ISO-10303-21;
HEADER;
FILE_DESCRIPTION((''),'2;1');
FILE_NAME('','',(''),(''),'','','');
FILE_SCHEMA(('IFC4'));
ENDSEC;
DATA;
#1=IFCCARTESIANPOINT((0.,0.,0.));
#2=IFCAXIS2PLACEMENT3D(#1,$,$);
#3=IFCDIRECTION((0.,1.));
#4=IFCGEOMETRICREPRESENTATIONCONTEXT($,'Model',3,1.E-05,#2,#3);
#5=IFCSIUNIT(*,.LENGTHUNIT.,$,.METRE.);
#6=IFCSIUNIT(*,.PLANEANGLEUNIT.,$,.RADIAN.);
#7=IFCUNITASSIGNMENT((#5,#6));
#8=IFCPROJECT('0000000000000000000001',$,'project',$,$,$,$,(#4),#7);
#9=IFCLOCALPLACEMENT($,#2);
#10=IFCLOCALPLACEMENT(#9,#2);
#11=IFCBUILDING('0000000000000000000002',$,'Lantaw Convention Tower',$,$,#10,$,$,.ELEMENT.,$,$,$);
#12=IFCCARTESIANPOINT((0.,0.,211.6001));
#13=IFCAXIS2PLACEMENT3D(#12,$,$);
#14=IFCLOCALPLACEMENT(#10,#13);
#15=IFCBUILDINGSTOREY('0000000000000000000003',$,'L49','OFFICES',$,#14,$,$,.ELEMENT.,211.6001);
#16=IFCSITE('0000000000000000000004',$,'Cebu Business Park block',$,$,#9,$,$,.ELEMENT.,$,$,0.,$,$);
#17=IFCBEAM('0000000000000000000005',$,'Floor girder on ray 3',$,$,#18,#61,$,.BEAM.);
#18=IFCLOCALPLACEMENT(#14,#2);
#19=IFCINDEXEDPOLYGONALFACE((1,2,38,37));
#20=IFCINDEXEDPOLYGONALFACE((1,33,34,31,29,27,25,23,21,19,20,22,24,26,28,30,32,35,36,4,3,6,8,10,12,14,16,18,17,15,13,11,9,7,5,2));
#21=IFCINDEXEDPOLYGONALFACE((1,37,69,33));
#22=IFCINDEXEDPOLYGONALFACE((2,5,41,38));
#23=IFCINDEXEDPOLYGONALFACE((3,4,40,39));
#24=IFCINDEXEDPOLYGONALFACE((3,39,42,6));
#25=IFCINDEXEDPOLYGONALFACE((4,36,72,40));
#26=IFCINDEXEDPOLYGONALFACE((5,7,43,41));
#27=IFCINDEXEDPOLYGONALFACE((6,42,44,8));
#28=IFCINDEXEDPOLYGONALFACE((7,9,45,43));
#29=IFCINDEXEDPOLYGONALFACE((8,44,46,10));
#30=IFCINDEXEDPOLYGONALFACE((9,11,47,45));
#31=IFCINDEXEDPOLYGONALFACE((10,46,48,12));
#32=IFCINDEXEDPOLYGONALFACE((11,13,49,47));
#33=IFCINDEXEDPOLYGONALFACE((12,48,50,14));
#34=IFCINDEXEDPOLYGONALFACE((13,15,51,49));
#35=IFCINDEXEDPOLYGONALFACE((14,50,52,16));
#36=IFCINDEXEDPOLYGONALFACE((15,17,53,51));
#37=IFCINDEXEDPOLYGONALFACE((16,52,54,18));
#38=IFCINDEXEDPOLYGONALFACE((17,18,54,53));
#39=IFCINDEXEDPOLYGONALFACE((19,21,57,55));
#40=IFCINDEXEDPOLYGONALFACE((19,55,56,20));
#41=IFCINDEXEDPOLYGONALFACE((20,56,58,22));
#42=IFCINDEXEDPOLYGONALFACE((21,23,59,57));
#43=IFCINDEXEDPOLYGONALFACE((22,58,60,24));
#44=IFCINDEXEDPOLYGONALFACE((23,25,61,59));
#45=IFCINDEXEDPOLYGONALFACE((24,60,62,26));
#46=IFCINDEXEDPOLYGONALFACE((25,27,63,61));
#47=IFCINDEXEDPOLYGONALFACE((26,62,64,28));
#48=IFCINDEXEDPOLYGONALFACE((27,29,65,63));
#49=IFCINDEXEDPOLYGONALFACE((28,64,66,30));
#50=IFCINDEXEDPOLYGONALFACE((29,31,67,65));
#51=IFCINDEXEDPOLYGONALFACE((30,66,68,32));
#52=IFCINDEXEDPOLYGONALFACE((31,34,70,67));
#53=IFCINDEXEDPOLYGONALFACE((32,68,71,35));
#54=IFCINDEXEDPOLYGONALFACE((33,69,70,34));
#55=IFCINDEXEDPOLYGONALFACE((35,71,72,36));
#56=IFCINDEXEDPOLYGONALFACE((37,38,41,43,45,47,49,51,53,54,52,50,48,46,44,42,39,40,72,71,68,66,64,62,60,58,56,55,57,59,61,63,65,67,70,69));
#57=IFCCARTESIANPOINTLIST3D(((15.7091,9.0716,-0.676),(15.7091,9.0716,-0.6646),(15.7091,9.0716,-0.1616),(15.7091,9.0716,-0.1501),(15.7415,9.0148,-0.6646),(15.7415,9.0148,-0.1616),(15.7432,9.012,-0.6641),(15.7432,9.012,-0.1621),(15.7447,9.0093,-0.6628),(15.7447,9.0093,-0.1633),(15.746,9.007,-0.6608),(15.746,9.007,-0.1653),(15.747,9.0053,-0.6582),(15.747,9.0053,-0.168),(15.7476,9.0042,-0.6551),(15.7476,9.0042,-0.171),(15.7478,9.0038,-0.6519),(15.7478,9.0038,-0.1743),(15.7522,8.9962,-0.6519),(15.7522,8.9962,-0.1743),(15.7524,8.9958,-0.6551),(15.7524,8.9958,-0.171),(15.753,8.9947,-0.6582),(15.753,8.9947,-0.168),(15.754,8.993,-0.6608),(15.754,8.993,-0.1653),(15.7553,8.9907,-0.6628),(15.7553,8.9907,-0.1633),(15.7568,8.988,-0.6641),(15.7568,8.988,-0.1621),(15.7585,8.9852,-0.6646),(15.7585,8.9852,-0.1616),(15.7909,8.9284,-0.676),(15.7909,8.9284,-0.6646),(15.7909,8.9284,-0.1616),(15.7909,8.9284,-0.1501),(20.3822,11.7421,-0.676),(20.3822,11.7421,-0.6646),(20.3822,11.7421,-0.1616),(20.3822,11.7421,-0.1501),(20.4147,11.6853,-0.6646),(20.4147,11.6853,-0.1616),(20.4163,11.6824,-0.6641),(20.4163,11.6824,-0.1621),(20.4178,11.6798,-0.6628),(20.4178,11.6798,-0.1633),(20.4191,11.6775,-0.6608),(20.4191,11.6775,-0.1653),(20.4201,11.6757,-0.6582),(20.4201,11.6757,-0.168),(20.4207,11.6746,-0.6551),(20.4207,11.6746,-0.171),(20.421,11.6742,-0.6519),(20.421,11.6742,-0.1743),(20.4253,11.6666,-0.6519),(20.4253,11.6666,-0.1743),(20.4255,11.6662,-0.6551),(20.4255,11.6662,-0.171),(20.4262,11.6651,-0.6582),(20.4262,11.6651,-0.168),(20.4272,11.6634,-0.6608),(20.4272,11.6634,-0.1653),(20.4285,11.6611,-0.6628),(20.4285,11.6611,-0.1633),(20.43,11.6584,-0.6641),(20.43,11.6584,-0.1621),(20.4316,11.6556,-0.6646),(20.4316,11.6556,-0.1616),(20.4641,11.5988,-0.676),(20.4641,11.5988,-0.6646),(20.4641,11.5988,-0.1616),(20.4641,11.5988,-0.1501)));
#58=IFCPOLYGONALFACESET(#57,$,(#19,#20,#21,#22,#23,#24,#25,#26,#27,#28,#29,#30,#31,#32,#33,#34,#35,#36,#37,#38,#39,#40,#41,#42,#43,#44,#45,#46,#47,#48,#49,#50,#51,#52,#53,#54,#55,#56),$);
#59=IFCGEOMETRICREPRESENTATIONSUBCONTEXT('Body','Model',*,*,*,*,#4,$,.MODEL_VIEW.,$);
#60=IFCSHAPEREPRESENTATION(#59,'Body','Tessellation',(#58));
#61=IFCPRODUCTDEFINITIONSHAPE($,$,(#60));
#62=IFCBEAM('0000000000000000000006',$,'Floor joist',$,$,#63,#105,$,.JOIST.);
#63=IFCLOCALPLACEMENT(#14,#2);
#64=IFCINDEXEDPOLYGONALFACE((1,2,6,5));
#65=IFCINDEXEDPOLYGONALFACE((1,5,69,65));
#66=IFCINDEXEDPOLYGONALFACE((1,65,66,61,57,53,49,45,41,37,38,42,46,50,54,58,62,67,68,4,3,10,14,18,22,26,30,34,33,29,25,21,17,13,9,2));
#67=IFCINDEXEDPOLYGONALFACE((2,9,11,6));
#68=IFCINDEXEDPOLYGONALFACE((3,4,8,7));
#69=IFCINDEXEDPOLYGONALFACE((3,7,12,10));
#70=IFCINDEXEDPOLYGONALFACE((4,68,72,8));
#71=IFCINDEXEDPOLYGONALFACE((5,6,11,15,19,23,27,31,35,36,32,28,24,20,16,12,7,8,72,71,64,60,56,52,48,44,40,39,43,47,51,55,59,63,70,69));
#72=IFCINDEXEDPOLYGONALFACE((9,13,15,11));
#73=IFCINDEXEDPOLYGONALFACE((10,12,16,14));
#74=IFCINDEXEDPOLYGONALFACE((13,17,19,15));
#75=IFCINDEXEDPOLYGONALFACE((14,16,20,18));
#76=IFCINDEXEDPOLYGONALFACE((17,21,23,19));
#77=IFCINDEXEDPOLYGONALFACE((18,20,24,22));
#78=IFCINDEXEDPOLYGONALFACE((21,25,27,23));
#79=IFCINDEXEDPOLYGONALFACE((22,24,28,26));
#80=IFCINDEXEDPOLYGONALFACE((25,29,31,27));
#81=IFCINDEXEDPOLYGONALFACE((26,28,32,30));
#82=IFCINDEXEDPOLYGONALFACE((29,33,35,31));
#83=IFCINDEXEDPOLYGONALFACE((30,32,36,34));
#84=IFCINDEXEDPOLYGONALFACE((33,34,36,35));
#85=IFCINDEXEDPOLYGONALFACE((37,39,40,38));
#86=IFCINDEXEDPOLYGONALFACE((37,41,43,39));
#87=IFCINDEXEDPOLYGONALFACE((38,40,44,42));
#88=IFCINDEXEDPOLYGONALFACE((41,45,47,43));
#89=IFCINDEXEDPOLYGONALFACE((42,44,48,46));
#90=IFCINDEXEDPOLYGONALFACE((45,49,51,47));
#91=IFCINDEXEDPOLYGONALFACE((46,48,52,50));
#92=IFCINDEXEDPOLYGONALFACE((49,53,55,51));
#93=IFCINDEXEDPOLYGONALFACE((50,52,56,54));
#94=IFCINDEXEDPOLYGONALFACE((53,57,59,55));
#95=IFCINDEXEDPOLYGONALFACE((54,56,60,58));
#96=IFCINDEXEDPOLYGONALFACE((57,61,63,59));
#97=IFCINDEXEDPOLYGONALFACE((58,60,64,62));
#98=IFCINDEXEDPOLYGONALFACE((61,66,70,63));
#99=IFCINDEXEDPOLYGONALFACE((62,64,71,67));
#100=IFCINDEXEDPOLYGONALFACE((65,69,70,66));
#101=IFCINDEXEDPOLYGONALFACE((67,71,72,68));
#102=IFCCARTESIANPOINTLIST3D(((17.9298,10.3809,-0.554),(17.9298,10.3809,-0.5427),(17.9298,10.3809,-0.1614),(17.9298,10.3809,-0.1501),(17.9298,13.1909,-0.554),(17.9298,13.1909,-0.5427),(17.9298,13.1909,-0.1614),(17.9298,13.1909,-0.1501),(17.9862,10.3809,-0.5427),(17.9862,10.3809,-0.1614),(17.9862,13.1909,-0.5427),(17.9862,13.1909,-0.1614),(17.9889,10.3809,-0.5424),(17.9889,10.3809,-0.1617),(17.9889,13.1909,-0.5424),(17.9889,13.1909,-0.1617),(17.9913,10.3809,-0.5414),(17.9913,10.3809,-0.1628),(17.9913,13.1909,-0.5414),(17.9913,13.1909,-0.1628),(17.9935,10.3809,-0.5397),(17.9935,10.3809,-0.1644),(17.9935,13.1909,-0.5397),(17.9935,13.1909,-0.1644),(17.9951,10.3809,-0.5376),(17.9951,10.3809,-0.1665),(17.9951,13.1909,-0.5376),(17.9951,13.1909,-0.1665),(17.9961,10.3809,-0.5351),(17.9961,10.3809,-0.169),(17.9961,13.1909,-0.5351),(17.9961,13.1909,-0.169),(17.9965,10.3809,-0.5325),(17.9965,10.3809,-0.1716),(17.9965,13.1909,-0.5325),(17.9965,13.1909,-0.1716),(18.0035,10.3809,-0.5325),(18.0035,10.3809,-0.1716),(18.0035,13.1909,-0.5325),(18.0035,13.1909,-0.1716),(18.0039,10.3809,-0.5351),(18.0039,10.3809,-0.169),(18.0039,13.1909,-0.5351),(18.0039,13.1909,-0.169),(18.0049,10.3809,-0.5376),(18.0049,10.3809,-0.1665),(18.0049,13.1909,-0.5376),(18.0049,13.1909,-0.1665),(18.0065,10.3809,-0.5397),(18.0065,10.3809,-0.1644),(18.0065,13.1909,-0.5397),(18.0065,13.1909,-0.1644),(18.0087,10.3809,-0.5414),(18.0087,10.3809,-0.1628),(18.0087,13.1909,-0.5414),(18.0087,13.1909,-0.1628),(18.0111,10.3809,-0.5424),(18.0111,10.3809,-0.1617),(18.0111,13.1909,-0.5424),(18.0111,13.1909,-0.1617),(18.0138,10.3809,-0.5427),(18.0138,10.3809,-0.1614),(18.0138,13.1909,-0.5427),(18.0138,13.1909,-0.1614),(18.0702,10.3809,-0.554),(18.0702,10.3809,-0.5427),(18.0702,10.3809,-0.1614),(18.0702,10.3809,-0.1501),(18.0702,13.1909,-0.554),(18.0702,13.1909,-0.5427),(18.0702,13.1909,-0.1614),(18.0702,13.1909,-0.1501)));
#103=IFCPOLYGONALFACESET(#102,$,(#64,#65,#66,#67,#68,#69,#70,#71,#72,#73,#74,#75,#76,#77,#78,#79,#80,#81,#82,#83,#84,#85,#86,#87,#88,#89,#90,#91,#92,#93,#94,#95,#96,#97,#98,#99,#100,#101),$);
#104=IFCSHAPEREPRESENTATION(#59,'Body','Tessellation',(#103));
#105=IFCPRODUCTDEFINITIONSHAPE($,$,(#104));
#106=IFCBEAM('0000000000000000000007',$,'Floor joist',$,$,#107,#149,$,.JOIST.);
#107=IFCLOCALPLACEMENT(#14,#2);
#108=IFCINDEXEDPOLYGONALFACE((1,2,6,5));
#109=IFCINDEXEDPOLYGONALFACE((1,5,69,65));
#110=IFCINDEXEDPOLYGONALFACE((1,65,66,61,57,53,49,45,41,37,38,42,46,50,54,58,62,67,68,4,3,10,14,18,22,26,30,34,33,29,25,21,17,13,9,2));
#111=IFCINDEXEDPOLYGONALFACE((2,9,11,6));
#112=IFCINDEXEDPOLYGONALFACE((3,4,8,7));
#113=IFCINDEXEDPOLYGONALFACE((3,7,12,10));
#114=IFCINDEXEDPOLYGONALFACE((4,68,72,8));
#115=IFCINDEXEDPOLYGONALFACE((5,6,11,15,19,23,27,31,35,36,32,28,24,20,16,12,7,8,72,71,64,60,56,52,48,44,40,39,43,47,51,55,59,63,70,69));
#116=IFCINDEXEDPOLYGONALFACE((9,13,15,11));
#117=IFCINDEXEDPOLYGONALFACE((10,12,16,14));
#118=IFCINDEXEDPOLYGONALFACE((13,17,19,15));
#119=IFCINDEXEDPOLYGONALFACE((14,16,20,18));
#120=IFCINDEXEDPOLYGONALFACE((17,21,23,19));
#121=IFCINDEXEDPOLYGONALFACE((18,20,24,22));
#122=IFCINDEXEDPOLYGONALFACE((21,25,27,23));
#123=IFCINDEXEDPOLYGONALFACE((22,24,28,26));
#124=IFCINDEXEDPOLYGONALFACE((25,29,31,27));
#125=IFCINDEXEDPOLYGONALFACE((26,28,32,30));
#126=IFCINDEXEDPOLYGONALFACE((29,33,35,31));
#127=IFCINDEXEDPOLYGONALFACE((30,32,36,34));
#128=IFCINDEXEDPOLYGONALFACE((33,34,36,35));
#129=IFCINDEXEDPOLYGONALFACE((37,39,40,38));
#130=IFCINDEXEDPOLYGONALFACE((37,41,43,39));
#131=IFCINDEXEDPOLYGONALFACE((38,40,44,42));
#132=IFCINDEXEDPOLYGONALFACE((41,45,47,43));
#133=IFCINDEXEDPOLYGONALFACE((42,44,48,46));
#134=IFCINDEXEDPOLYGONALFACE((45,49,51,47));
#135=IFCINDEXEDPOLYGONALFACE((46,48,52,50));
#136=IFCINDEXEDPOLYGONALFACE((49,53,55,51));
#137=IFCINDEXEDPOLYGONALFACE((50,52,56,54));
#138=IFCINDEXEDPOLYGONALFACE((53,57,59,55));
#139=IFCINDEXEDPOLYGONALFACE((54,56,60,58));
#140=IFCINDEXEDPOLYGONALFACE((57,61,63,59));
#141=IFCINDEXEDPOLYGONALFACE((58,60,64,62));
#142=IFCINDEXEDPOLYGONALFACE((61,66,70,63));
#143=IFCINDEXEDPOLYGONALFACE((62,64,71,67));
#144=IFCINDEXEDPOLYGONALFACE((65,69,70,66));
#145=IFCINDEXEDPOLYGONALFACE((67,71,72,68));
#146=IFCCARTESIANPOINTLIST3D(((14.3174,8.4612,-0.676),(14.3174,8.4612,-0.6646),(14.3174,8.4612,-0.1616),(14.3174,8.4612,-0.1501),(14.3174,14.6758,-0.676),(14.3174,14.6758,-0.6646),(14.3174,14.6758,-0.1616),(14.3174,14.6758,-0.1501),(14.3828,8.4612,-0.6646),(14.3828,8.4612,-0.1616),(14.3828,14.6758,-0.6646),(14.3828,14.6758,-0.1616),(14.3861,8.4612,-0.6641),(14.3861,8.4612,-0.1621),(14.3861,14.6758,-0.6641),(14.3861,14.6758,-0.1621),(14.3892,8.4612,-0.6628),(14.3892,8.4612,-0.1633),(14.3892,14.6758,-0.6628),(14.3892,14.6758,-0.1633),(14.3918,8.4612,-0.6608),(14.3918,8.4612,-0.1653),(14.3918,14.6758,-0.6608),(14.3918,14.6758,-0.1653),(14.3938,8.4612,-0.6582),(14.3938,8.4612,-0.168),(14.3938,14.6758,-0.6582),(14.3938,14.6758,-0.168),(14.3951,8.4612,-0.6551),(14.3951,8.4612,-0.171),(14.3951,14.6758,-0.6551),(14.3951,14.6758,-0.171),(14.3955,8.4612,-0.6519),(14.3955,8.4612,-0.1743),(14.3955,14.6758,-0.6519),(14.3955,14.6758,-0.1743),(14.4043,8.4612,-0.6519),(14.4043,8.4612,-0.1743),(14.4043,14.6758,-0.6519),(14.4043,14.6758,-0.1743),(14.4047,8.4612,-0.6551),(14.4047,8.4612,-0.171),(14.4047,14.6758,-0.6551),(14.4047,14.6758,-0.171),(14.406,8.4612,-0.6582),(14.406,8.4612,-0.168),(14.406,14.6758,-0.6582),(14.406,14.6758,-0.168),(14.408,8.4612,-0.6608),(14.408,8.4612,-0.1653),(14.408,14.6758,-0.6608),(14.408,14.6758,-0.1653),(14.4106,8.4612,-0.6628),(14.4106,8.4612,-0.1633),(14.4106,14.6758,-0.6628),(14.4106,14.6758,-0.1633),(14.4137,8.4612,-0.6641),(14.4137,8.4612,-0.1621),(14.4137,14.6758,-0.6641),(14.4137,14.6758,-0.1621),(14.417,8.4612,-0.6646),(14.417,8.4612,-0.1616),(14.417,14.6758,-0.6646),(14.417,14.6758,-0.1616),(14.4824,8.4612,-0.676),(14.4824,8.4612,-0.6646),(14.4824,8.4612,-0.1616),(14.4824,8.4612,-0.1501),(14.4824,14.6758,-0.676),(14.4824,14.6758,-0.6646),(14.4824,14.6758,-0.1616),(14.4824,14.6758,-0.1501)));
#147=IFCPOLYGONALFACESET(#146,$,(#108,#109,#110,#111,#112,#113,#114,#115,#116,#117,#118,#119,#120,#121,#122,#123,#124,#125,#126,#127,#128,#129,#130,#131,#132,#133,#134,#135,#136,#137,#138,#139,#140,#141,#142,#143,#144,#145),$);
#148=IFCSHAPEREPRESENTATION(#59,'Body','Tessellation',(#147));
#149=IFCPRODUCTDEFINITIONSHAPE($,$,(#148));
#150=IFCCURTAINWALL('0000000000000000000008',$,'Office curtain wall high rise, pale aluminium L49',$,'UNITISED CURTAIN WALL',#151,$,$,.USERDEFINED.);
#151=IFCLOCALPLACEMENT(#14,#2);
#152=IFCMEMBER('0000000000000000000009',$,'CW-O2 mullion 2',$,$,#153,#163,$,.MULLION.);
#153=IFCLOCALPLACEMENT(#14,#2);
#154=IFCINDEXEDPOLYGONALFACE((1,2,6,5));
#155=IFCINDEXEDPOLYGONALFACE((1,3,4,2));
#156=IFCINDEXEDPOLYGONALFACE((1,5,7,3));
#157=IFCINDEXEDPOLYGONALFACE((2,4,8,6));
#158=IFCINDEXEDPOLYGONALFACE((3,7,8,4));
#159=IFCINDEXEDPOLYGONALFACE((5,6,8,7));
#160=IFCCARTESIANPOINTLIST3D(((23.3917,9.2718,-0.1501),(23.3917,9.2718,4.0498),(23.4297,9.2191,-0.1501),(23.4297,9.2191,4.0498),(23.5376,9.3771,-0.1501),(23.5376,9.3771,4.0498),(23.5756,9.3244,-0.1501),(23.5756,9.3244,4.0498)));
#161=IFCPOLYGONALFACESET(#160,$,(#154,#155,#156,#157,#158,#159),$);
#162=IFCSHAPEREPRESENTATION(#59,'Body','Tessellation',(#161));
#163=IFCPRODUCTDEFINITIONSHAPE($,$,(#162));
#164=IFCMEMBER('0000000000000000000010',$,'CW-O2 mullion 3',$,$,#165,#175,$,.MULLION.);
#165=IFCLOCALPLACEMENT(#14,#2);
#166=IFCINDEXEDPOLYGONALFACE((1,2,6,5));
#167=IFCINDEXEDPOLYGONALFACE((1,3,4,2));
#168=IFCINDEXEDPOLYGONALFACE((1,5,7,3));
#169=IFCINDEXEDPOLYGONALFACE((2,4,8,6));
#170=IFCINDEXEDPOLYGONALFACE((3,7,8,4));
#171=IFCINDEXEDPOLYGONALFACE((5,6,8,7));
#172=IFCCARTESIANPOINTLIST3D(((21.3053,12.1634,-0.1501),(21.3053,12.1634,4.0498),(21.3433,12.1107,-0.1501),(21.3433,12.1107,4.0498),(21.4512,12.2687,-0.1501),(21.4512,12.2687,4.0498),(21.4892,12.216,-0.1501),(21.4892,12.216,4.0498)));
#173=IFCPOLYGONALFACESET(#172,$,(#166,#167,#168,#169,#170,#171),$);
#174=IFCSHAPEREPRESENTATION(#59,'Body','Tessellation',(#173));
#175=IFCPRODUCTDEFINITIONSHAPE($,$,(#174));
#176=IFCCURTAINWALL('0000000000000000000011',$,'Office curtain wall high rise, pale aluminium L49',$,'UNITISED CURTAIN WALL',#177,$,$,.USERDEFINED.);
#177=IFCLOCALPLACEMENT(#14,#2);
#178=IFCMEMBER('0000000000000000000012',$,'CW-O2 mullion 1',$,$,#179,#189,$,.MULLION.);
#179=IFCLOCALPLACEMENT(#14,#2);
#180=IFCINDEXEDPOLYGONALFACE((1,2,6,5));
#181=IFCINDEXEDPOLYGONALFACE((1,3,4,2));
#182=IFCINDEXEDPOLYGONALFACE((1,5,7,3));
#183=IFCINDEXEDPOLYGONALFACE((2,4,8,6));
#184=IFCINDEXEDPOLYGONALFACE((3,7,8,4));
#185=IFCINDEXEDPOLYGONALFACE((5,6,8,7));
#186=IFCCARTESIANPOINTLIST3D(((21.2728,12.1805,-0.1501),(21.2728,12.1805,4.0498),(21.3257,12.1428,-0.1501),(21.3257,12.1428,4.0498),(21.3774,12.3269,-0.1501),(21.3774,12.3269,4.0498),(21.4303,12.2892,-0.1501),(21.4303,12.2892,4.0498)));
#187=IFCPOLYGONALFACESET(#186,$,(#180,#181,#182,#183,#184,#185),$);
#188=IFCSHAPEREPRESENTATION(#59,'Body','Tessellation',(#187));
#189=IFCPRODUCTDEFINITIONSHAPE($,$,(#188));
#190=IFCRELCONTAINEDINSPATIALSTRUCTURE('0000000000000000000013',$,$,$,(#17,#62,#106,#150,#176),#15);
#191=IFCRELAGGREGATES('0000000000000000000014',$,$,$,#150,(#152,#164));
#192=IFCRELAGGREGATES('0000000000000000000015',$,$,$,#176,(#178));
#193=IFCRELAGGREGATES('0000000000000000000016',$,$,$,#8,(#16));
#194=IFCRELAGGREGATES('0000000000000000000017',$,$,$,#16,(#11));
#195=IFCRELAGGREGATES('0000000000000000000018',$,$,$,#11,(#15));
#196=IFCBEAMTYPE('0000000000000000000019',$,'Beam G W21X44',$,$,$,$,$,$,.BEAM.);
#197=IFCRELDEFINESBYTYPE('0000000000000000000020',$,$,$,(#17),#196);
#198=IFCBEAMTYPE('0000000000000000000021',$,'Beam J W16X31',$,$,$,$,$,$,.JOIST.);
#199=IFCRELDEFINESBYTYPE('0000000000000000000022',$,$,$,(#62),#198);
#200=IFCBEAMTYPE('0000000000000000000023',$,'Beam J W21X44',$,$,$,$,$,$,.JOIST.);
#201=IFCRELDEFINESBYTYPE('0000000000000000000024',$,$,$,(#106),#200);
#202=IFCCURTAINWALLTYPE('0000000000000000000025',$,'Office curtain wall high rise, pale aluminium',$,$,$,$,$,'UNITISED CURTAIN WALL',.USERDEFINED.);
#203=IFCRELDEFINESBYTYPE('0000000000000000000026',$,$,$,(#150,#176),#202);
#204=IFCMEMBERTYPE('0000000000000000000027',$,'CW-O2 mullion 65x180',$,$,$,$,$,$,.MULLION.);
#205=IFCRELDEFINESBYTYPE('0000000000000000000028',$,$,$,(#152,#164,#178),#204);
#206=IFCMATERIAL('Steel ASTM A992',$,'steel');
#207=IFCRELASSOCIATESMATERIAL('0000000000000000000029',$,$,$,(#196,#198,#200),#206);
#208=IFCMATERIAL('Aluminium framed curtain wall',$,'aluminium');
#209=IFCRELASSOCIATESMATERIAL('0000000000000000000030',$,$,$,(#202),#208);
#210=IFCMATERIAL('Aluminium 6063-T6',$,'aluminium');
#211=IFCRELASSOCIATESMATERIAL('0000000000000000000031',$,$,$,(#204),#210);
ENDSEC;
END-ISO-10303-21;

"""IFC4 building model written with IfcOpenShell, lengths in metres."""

from ifc_helpers import new_model, si_unit, direction, frame, origin, origin_2d, place, context, subcontext, project, spatial, rectangle, i_section, extrude, material, material_profile, profile_set, type_object, element, aggregate, save


model = new_model("IFC4")

# Units and contexts
model_context = context("Model", 3, precision=1e-05, world=origin(), true_north=direction((0.0, 1.0)))
body_context = subcontext(model_context, "Body", "Model", "MODEL_VIEW")
ifc_project = project(units=[si_unit("LENGTHUNIT", "METRE"), si_unit("PLANEANGLEUNIT", "RADIAN")], contexts=[model_context])

# Site, building, storey
site_placement = place(None, origin())
site = spatial("IfcSite", under=ifc_project, at=site_placement, Name="Cebu Business Park block", CompositionType="ELEMENT", RefElevation=0.0)
building_placement = place(site_placement, origin())
building = spatial("IfcBuilding", under=site, at=building_placement, Name="Lantaw Convention Tower", CompositionType="ELEMENT")
storey_placement = place(building_placement, frame((0.0, 0.0, 211.6001)))
storey = spatial("IfcBuildingStorey", under=building, at=storey_placement, Name="L49", Description="OFFICES", CompositionType="ELEMENT", Elevation=211.6001)

# Beams
ifc_material_1 = material(Name="Steel ASTM A992", Category="steel")
ifc_material_profile_1 = material_profile(ifc_material_1, i_section(OverallWidth=0.165, OverallDepth=0.5259, WebThickness=0.0088, FlangeThickness=0.0115, FilletRadius=0.0127, at=origin_2d()), Name="W21X44")
ifc_profile_set_1 = profile_set([ifc_material_profile_1], Name="Steel ASTM A992")
beam_type_1 = type_object("IfcBeamType", Name="Beam G W21X44", PredefinedType="BEAM", material=ifc_profile_set_1)
beam_1_placement = place(storey_placement, frame((15.75, 9.0, -0.4131), z_axis=(0.868238, 0.496149, 0.0), x_axis=(-0.496149, 0.868238, 0.0)))
element("IfcBeam", 1, at=beam_1_placement, inside=storey, type_object=beam_type_1, Name="Floor girder on ray 3", PredefinedType="BEAM", context=body_context, shape_type="SweptSolid", body=[
    extrude(i_section(OverallWidth=0.165, OverallDepth=0.5259, WebThickness=0.0088, FlangeThickness=0.0115, FilletRadius=0.0127, at=origin_2d()), origin(), (0.0, 0.0, 1.0), 5.3823),
])
ifc_material_profile_2 = material_profile(ifc_material_1, i_section(OverallWidth=0.1404, OverallDepth=0.4038, WebThickness=0.0071, FlangeThickness=0.0112, FilletRadius=0.0103, at=origin_2d()), Name="W16X31")
ifc_profile_set_2 = profile_set([ifc_material_profile_2], Name="Steel ASTM A992")
beam_type_2 = type_object("IfcBeamType", Name="Beam J W16X31", PredefinedType="JOIST", material=ifc_profile_set_2)
beam_2_placement = place(storey_placement, frame((18.0, 10.3809, -0.3521), z_axis=(0.0, 1.0, 0.0), x_axis=(-1.0, 0.0, 0.0)))
element("IfcBeam", 2, at=beam_2_placement, inside=storey, type_object=beam_type_2, Name="Floor joist", PredefinedType="JOIST", context=body_context, shape_type="SweptSolid", body=[
    extrude(i_section(OverallWidth=0.1404, OverallDepth=0.4038, WebThickness=0.0071, FlangeThickness=0.0112, FilletRadius=0.0103, at=origin_2d()), origin(), (0.0, 0.0, 1.0), 2.8101),
])
ifc_material_profile_3 = material_profile(ifc_material_1, i_section(OverallWidth=0.165, OverallDepth=0.5259, WebThickness=0.0088, FlangeThickness=0.0115, FilletRadius=0.0127, at=origin_2d()), Name="W21X44")
ifc_profile_set_3 = profile_set([ifc_material_profile_3], Name="Steel ASTM A992")
beam_type_3 = type_object("IfcBeamType", Name="Beam J W21X44", PredefinedType="JOIST", material=ifc_profile_set_3)
beam_3_placement = place(storey_placement, frame((14.3999, 8.4612, -0.4131), z_axis=(0.0, 1.0, 0.0), x_axis=(-1.0, 0.0, 0.0)))
element("IfcBeam", 3, at=beam_3_placement, inside=storey, type_object=beam_type_3, Name="Floor joist", PredefinedType="JOIST", context=body_context, shape_type="SweptSolid", body=[
    extrude(i_section(OverallWidth=0.165, OverallDepth=0.5259, WebThickness=0.0088, FlangeThickness=0.0115, FilletRadius=0.0127, at=origin_2d()), origin(), (0.0, 0.0, 1.0), 6.2146),
])

# Curtain walls, members
ifc_material_2 = material(Name="Aluminium framed curtain wall", Category="aluminium")
curtain_wall_type = type_object("IfcCurtainWallType", Name="Office curtain wall high rise, pale aluminium", ElementType="UNITISED CURTAIN WALL", PredefinedType="USERDEFINED", material=ifc_material_2)
curtain_wall_1_placement = place(storey_placement, origin())
curtain_wall_1 = element("IfcCurtainWall", 4, at=curtain_wall_1_placement, inside=storey, type_object=curtain_wall_type, Name="Office curtain wall high rise, pale aluminium L49", ObjectType="UNITISED CURTAIN WALL", PredefinedType="USERDEFINED")
ifc_material_3 = material(Name="Aluminium 6063-T6", Category="aluminium")
ifc_material_profile_4 = material_profile(ifc_material_3, rectangle(XDim=0.1799, YDim=0.0649, at=origin_2d()), Name="CW-O2 mullion 65x180")
ifc_profile_set_4 = profile_set([ifc_material_profile_4], Name="Aluminium 6063-T6")
member_type_1 = type_object("IfcMemberType", Name="CW-O2 mullion 65x180", PredefinedType="MULLION", material=ifc_profile_set_4)
member_1_placement = place(storey_placement, frame((23.4836, 9.2981, -0.1501), z_axis=(0.0, 0.0, 1.0), x_axis=(-0.81092, -0.585158, 0.0)))
member_1 = element("IfcMember", 5, at=member_1_placement, type_object=member_type_1, Name="CW-O2 mullion 2", PredefinedType="MULLION", context=body_context, shape_type="SweptSolid", body=[
    extrude(rectangle(XDim=0.1799, YDim=0.0649, at=origin_2d()), origin(), (0.0, 0.0, 1.0), 4.2),
])
member_2_placement = place(storey_placement, frame((21.3972, 12.1897, -0.1501), z_axis=(0.0, 0.0, 1.0), x_axis=(-0.81092, -0.585158, 0.0)))
member_2 = element("IfcMember", 6, at=member_2_placement, type_object=member_type_1, Name="CW-O2 mullion 3", PredefinedType="MULLION", context=body_context, shape_type="SweptSolid", body=[
    extrude(rectangle(XDim=0.1799, YDim=0.0649, at=origin_2d()), origin(), (0.0, 0.0, 1.0), 4.2),
])
curtain_wall_2_placement = place(storey_placement, origin())
curtain_wall_2 = element("IfcCurtainWall", 7, at=curtain_wall_2_placement, inside=storey, type_object=curtain_wall_type, Name="Office curtain wall high rise, pale aluminium L49", ObjectType="UNITISED CURTAIN WALL", PredefinedType="USERDEFINED")
member_3_placement = place(storey_placement, frame((21.3516, 12.2349, -0.1501), z_axis=(0.0, 0.0, 1.0), x_axis=(-0.581323, -0.813673, 0.0)))
member_3 = element("IfcMember", 8, at=member_3_placement, type_object=member_type_1, Name="CW-O2 mullion 1", PredefinedType="MULLION", context=body_context, shape_type="SweptSolid", body=[
    extrude(rectangle(XDim=0.1799, YDim=0.0649, at=origin_2d()), origin(), (0.0, 0.0, 1.0), 4.2),
])

aggregate(curtain_wall_1, [member_1, member_2])
aggregate(curtain_wall_2, [member_3])

save(model, "model.ifc")
